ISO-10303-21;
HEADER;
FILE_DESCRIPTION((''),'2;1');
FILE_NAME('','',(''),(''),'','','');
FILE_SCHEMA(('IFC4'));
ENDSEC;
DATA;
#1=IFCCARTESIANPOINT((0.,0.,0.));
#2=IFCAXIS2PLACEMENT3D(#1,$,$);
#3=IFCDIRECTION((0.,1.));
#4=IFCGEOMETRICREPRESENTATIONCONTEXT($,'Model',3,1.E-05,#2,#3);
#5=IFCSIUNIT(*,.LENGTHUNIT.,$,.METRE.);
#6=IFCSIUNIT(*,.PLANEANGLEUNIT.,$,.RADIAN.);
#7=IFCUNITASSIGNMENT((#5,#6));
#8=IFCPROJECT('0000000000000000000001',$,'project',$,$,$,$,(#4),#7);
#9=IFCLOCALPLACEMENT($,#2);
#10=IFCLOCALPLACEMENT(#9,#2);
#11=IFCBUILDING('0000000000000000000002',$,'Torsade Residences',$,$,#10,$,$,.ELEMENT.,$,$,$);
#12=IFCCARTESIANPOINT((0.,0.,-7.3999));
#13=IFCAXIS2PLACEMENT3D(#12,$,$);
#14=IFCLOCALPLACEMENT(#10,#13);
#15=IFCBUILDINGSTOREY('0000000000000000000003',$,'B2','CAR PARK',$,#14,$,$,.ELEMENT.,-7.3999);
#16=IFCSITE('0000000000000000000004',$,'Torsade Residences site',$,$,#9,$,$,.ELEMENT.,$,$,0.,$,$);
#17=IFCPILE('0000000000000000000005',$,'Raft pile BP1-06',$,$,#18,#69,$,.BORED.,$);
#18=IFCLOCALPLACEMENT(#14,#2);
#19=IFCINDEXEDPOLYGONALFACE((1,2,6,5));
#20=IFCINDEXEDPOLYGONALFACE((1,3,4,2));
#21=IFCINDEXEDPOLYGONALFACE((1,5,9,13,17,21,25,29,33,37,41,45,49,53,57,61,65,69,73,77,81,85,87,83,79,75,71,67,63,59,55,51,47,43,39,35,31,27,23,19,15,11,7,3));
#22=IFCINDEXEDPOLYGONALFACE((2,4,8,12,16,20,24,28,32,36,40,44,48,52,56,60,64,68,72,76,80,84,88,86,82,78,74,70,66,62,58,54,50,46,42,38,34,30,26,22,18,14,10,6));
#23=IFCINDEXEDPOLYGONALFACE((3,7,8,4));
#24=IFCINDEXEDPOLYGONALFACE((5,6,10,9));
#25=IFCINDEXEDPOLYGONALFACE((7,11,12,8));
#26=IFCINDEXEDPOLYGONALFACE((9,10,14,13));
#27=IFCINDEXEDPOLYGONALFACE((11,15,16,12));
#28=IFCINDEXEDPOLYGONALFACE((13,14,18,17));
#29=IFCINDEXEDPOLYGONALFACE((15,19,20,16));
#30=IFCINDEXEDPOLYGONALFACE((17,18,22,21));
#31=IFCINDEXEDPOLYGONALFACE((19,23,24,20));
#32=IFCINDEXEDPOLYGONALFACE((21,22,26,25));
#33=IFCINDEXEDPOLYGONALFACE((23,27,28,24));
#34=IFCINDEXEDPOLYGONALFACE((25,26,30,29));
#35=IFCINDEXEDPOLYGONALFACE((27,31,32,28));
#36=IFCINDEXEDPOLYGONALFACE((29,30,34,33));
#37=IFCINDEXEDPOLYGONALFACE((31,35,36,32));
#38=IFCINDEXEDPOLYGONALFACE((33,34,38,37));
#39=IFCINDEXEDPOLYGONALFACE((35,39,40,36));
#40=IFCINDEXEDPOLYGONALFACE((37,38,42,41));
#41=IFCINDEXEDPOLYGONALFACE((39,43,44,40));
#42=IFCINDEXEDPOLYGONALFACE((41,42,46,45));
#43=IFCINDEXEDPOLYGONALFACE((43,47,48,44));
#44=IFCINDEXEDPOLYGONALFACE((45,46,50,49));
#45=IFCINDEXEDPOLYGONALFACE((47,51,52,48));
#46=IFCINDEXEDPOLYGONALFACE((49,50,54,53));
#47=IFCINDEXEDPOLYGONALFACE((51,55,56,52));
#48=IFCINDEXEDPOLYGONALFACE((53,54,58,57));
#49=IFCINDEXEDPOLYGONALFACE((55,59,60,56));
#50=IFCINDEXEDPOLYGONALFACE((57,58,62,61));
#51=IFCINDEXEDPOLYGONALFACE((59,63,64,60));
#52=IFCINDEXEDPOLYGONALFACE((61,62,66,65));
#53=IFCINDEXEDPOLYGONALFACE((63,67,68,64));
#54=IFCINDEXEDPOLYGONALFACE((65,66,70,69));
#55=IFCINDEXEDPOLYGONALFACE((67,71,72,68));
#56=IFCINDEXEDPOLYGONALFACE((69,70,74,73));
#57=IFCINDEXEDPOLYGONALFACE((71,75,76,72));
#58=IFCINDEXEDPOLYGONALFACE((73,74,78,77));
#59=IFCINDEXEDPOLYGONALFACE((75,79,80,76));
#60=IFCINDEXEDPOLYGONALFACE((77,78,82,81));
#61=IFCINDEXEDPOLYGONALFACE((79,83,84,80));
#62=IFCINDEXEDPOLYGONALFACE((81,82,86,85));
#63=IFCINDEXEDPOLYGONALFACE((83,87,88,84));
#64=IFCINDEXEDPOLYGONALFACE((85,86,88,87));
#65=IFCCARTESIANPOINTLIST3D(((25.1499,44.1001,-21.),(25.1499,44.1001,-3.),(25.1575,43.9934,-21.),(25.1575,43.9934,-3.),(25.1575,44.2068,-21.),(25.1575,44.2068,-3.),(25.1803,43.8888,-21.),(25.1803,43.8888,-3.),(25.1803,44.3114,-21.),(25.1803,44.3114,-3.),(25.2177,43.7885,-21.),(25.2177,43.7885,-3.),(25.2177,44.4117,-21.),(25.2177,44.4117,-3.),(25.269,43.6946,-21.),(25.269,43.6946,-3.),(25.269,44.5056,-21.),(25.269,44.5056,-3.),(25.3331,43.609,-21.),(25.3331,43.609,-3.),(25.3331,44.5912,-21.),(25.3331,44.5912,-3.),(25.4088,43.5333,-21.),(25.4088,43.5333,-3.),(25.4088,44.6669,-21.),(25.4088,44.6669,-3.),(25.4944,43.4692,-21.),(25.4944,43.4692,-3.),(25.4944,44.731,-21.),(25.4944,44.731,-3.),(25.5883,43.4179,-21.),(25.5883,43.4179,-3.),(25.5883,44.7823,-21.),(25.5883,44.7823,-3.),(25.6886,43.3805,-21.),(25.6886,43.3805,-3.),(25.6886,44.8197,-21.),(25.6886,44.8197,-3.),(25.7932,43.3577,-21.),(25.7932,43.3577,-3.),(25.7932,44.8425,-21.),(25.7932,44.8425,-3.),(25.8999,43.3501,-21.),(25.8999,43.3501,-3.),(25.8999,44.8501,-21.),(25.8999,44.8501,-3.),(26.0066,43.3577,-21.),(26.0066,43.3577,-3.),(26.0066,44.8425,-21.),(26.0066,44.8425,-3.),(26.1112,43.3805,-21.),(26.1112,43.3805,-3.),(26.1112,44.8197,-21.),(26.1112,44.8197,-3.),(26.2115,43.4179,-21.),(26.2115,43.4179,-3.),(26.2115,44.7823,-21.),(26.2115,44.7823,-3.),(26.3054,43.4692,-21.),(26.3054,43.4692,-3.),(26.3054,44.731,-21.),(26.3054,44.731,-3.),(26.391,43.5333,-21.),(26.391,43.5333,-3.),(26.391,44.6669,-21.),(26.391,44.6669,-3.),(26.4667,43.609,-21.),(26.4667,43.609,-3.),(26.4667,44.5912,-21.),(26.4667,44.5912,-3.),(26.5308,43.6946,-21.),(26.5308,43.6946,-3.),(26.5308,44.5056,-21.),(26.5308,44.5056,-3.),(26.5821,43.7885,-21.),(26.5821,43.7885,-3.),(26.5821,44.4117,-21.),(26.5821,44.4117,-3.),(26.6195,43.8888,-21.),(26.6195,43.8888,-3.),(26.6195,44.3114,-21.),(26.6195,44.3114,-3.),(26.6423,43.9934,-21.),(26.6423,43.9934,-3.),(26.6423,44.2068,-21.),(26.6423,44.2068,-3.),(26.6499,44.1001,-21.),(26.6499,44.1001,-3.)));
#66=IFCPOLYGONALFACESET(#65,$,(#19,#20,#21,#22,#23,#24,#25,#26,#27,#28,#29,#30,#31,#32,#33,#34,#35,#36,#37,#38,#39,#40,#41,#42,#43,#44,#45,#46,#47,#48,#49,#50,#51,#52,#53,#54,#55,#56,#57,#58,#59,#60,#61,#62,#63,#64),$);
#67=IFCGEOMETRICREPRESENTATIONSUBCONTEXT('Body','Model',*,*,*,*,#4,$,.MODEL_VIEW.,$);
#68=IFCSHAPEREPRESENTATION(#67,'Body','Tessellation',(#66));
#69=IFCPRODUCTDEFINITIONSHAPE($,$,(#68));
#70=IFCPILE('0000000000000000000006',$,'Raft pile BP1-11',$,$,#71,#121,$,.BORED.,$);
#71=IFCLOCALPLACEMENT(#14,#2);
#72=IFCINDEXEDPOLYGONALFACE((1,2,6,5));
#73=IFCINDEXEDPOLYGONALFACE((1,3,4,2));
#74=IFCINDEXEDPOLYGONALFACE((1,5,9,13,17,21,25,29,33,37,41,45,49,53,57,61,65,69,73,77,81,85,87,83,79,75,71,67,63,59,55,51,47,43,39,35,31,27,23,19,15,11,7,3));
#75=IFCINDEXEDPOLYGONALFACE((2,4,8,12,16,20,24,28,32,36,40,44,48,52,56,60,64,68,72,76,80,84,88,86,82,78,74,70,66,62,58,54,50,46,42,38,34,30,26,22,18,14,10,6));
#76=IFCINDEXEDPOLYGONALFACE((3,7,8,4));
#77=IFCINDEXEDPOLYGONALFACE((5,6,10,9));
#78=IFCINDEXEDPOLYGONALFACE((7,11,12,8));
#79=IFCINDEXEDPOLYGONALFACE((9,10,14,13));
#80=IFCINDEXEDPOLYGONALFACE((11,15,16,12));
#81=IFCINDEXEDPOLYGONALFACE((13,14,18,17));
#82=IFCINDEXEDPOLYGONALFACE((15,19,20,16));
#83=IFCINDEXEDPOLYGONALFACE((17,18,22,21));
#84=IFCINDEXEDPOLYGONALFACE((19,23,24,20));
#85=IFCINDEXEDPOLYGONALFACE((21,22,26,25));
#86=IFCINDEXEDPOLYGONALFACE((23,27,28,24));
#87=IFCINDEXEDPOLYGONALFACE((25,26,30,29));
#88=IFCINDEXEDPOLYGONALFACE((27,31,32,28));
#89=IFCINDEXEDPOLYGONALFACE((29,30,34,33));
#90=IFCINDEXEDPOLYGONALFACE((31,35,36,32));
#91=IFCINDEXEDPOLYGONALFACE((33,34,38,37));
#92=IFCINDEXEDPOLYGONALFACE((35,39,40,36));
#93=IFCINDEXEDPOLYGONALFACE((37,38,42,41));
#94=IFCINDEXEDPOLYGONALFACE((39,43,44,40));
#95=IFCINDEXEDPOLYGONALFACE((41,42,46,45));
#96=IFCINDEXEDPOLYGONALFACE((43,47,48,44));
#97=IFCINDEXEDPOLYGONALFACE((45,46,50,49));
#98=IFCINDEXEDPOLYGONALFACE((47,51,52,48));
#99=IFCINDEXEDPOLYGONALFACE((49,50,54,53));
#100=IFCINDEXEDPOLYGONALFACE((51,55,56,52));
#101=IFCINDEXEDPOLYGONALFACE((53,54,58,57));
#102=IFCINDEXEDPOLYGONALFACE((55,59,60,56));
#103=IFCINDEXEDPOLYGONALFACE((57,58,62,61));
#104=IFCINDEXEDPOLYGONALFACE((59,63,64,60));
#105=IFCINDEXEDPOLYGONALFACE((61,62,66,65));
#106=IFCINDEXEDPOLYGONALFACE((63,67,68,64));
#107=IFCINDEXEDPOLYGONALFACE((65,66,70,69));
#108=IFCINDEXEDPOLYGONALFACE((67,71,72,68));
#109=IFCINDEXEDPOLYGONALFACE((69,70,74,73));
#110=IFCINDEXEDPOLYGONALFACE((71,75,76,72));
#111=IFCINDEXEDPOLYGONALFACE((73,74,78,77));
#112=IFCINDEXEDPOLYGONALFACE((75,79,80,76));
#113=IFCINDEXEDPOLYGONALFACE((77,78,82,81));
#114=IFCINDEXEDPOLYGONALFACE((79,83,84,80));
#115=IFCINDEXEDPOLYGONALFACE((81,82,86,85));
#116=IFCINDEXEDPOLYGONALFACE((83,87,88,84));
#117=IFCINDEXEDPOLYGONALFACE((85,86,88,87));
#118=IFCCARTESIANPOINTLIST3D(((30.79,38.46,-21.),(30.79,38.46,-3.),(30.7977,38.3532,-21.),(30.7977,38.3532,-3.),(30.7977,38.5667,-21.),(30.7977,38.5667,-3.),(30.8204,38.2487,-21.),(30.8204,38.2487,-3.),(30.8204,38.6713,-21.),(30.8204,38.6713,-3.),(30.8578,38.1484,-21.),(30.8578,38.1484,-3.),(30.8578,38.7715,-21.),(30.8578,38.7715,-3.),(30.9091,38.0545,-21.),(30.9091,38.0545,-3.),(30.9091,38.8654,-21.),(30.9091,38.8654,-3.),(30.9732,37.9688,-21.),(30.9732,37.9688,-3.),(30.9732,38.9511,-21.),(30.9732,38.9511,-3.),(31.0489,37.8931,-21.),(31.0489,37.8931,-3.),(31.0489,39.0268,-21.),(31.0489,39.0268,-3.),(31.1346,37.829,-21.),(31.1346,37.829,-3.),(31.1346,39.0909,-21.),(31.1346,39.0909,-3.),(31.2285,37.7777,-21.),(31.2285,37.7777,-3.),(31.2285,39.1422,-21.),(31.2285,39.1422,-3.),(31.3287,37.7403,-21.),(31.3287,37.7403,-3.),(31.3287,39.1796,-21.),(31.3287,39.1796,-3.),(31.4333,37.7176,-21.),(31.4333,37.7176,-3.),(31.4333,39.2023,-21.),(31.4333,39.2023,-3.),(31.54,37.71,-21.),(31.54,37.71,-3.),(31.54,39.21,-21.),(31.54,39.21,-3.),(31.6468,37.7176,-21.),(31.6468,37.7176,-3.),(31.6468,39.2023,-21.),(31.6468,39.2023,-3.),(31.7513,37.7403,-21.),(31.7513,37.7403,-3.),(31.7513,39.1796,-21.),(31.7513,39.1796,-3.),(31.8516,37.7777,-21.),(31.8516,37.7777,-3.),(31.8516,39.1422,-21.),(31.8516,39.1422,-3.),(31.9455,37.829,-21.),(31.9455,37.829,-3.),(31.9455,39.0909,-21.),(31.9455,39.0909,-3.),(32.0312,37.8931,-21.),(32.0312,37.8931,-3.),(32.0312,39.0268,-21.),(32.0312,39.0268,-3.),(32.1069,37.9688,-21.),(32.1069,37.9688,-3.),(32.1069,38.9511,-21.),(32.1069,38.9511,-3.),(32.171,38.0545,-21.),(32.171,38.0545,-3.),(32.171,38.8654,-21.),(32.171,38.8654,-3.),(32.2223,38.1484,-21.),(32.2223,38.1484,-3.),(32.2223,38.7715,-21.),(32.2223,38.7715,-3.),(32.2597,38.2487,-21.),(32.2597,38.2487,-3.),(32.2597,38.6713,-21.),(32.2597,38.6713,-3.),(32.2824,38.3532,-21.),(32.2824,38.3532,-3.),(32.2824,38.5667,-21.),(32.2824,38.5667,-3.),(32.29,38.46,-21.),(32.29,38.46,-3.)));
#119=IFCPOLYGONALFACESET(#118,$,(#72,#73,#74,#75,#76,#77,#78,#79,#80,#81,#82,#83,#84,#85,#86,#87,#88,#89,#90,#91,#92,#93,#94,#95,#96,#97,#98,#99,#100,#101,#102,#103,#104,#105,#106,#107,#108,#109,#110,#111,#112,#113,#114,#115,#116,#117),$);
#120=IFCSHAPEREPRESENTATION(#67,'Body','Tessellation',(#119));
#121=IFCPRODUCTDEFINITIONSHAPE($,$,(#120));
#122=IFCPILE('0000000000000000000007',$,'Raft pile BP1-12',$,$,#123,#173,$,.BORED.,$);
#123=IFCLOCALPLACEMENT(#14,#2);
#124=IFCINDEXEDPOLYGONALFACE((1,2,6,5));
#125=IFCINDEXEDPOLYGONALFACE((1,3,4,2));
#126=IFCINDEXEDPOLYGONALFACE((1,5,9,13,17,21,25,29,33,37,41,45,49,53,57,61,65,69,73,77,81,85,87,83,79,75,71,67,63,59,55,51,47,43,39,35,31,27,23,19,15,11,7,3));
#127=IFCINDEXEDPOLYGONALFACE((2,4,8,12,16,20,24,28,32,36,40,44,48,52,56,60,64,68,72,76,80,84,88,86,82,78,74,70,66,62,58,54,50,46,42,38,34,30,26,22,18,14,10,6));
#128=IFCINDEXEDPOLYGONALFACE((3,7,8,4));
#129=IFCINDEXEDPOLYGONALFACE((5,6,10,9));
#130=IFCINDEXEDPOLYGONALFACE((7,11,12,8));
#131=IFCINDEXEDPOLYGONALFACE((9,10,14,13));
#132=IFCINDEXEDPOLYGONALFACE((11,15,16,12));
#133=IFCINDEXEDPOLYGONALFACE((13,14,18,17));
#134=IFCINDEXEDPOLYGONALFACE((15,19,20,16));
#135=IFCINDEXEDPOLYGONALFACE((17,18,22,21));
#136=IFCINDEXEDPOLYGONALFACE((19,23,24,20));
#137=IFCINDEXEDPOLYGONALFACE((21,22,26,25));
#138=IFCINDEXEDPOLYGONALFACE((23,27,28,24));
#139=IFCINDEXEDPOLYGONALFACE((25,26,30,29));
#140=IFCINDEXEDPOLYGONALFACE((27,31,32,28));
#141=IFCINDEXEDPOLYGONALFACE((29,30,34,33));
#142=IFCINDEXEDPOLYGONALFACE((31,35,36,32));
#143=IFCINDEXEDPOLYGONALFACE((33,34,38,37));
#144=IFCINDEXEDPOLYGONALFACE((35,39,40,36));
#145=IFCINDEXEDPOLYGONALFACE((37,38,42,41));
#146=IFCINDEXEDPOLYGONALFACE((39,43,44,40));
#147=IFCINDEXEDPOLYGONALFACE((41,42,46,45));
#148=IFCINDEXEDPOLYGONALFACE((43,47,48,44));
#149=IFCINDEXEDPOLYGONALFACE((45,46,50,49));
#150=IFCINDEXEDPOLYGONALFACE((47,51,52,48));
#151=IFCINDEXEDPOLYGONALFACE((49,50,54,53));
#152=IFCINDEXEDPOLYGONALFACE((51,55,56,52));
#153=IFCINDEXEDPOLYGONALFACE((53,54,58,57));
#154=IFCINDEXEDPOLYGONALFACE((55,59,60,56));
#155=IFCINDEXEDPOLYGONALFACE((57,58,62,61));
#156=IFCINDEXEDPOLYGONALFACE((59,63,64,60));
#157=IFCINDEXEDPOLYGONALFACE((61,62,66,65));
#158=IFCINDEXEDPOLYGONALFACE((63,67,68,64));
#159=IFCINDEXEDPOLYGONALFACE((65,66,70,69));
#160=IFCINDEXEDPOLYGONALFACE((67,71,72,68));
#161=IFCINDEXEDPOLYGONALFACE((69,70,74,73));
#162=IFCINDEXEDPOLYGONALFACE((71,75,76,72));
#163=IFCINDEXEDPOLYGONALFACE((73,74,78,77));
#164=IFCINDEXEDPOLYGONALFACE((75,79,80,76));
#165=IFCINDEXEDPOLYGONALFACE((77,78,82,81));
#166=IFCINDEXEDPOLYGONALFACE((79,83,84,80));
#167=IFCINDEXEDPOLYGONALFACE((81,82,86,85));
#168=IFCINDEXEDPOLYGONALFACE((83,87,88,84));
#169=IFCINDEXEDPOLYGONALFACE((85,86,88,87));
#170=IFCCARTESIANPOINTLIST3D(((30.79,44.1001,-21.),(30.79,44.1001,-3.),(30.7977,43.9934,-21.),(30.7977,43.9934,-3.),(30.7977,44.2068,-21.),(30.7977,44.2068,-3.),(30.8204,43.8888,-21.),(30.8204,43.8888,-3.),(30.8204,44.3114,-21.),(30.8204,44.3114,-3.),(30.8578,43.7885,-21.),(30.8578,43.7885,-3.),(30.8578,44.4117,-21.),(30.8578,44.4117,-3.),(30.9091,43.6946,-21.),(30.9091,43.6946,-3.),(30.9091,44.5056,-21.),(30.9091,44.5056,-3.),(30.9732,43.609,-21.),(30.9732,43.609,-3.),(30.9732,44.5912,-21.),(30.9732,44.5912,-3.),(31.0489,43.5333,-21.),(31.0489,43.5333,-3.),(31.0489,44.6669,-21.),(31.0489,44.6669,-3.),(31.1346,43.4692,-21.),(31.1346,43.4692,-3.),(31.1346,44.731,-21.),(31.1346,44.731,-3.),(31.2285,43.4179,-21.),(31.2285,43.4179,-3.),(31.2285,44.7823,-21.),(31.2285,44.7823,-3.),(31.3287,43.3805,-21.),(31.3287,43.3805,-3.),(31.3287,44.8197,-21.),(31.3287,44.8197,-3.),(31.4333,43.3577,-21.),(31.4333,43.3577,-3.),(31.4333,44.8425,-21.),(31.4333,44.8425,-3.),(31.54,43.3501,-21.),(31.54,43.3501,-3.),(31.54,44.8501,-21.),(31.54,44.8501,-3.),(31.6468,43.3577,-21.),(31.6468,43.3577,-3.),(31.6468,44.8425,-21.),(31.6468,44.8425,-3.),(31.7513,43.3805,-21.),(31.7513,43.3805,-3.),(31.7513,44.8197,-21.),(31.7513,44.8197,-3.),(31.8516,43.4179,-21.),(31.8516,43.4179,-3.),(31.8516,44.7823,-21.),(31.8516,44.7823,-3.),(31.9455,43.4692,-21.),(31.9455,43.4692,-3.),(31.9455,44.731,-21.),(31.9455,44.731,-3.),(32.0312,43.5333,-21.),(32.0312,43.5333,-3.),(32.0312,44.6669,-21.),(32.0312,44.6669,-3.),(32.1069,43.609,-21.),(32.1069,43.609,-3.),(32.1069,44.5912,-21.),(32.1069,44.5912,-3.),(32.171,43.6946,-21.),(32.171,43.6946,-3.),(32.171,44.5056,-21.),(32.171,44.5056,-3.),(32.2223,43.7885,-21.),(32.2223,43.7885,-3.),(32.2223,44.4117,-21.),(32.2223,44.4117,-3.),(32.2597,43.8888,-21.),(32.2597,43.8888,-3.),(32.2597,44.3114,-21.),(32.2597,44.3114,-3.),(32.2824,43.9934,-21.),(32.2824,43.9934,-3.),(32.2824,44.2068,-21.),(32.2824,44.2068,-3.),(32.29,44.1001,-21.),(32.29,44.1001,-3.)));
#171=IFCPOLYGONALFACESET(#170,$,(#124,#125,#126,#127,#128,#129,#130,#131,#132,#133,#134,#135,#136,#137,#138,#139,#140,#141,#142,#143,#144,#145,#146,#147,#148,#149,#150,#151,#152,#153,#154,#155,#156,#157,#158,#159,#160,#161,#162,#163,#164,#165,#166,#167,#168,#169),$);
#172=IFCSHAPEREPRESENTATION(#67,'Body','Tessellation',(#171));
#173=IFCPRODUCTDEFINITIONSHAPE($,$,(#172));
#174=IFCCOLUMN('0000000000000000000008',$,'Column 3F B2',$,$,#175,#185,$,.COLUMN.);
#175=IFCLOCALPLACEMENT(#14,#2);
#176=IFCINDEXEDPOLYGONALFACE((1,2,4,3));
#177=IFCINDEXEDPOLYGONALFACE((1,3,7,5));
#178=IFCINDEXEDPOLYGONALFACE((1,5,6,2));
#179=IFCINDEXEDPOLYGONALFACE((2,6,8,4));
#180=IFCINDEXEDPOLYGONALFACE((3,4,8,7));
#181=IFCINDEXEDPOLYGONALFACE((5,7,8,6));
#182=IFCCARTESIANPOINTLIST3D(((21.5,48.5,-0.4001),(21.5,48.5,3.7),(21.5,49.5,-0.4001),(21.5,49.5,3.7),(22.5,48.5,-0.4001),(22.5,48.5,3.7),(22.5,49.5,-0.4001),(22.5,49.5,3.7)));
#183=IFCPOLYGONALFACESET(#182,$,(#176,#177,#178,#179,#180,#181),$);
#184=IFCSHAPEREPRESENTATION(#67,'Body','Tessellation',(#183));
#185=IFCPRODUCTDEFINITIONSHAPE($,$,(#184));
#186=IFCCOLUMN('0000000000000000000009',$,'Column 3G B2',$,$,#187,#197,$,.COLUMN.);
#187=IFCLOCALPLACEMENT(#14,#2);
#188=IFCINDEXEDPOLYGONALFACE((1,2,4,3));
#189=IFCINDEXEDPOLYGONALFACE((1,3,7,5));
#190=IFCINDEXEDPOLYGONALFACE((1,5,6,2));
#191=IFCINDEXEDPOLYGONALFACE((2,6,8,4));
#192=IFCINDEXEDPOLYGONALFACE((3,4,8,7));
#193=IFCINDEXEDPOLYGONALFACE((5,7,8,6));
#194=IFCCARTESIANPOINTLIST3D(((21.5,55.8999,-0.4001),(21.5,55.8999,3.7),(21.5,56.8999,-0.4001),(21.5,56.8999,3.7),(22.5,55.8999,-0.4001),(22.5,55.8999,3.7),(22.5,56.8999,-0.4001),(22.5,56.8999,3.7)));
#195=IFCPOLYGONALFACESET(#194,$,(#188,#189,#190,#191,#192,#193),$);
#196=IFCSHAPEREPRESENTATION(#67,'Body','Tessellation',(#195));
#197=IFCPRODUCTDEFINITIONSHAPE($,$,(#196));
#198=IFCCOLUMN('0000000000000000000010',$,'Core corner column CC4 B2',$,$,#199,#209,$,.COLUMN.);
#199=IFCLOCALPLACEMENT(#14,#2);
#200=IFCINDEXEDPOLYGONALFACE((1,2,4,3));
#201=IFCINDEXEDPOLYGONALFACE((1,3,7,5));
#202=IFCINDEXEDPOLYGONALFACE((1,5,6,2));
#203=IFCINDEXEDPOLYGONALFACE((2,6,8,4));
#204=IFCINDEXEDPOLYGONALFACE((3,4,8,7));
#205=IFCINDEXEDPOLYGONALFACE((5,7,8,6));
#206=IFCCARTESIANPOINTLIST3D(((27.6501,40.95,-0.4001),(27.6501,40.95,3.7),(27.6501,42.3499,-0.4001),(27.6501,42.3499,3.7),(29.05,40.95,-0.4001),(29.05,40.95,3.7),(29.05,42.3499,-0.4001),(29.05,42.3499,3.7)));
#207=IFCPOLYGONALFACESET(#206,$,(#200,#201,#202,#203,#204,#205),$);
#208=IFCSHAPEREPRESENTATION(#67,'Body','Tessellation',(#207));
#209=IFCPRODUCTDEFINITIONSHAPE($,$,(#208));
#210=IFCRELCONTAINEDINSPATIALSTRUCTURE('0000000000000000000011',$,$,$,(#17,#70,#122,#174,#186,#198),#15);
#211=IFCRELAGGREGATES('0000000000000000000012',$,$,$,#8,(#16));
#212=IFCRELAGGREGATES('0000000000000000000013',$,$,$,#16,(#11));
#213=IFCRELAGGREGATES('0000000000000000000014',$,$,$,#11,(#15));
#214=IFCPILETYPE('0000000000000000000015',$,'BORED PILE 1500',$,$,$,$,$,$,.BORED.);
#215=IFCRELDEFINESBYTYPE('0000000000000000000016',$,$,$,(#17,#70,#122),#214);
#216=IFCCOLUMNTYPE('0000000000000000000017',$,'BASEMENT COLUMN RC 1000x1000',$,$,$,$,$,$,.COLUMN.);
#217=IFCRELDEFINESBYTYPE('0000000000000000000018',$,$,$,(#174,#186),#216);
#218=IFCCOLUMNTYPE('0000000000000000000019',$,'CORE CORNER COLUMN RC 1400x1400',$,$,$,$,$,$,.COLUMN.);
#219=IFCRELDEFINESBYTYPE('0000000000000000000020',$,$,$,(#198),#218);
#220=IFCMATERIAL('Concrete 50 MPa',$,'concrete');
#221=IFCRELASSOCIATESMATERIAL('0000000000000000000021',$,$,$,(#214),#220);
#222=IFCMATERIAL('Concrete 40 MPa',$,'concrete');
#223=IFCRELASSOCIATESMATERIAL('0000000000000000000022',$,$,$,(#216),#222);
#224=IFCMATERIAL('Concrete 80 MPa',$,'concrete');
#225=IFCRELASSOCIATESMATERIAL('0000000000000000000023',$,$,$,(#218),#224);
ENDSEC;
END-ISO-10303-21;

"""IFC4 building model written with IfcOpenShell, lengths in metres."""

from ifc_helpers import new_model, si_unit, direction, frame, origin, origin_2d, place, context, subcontext, project, spatial, rectangle, circle, extrude, material, material_profile, profile_set, type_object, element, save


model = new_model("IFC4")

# Units and contexts
model_context = context("Model", 3, precision=1e-05, world=origin(), true_north=direction((0.0, 1.0)))
body_context = subcontext(model_context, "Body", "Model", "MODEL_VIEW")
ifc_project = project(units=[si_unit("LENGTHUNIT", "METRE"), si_unit("PLANEANGLEUNIT", "RADIAN")], contexts=[model_context])

# Site, building, storey
site_placement = place(None, origin())
site = spatial("IfcSite", under=ifc_project, at=site_placement, Name="Torsade Residences site", CompositionType="ELEMENT", RefElevation=0.0)
building_placement = place(site_placement, origin())
building = spatial("IfcBuilding", under=site, at=building_placement, Name="Torsade Residences", CompositionType="ELEMENT")
storey_placement = place(building_placement, frame((0.0, 0.0, -7.3999)))
storey = spatial("IfcBuildingStorey", under=building, at=storey_placement, Name="B2", Description="CAR PARK", CompositionType="ELEMENT", Elevation=-7.3999)

# Piles
ifc_material_1 = material(Name="Concrete 50 MPa", Category="concrete")
pile_type_1 = type_object("IfcPileType", Name="BORED PILE 1500", PredefinedType="BORED", material=ifc_material_1)
for number, where, z_axis, x_axis, name in (
    (1, (25.8999, 44.1001, -3.0), (0.0, 0.0, -1.0), (1.0, 0.0, 0.0), "Raft pile BP1-06"),
    (2, (31.54, 38.46, -3.0), (0.0, 0.0, -1.0), (1.0, 0.0, 0.0), "Raft pile BP1-11"),
    (3, (31.54, 44.1001, -3.0), (0.0, 0.0, -1.0), (1.0, 0.0, 0.0), "Raft pile BP1-12"),
):
    element("IfcPile", number, at=place(storey_placement, frame(where, z_axis=z_axis, x_axis=x_axis)), inside=storey, type_object=pile_type_1, Name=name, PredefinedType="BORED", context=body_context, shape_type="SweptSolid", body=[
        extrude(circle(Radius=0.75, at=origin_2d()), origin(), (0.0, 0.0, 1.0), 18.0),
    ])

# Columns
ifc_material_2 = material(Name="Concrete 40 MPa", Category="concrete")
ifc_material_profile_1 = material_profile(ifc_material_2, rectangle(XDim=1.0, YDim=1.0, at=origin_2d()), Name="RC 1000x1000")
ifc_profile_set_1 = profile_set([ifc_material_profile_1], Name="Concrete 40 MPa")
column_type_1 = type_object("IfcColumnType", Name="BASEMENT COLUMN RC 1000x1000", PredefinedType="COLUMN", material=ifc_profile_set_1)
for number, where, z_axis, x_axis, name in (
    (4, (22.0, 49.0, -0.4001), (0.0, 0.0, 1.0), (1.0, 0.0, 0.0), "Column 3F B2"),
    (5, (22.0, 56.3999, -0.4001), (0.0, 0.0, 1.0), (1.0, 0.0, 0.0), "Column 3G B2"),
):
    element("IfcColumn", number, at=place(storey_placement, frame(where, z_axis=z_axis, x_axis=x_axis)), inside=storey, type_object=column_type_1, Name=name, PredefinedType="COLUMN", context=body_context, shape_type="SweptSolid", body=[
        extrude(rectangle(XDim=1.0, YDim=1.0, at=origin_2d()), origin(), (0.0, 0.0, 1.0), 4.1001),
    ])
ifc_material_3 = material(Name="Concrete 80 MPa", Category="concrete")
ifc_material_profile_2 = material_profile(ifc_material_3, rectangle(XDim=1.3999, YDim=1.3999, at=origin_2d()), Name="RC 1400x1400")
ifc_profile_set_2 = profile_set([ifc_material_profile_2], Name="Concrete 80 MPa")
column_type_2 = type_object("IfcColumnType", Name="CORE CORNER COLUMN RC 1400x1400", PredefinedType="COLUMN", material=ifc_profile_set_2)
column_1_placement = place(storey_placement, frame((28.3501, 41.6499, -0.4001), z_axis=(0.0, 0.0, 1.0), x_axis=(1.0, 0.0, 0.0)))
element("IfcColumn", 6, at=column_1_placement, inside=storey, type_object=column_type_2, Name="Core corner column CC4 B2", PredefinedType="COLUMN", context=body_context, shape_type="SweptSolid", body=[
    extrude(rectangle(XDim=1.3999, YDim=1.3999, at=origin_2d()), origin(), (0.0, 0.0, 1.0), 4.1001),
])

save(model, "model.ifc")
